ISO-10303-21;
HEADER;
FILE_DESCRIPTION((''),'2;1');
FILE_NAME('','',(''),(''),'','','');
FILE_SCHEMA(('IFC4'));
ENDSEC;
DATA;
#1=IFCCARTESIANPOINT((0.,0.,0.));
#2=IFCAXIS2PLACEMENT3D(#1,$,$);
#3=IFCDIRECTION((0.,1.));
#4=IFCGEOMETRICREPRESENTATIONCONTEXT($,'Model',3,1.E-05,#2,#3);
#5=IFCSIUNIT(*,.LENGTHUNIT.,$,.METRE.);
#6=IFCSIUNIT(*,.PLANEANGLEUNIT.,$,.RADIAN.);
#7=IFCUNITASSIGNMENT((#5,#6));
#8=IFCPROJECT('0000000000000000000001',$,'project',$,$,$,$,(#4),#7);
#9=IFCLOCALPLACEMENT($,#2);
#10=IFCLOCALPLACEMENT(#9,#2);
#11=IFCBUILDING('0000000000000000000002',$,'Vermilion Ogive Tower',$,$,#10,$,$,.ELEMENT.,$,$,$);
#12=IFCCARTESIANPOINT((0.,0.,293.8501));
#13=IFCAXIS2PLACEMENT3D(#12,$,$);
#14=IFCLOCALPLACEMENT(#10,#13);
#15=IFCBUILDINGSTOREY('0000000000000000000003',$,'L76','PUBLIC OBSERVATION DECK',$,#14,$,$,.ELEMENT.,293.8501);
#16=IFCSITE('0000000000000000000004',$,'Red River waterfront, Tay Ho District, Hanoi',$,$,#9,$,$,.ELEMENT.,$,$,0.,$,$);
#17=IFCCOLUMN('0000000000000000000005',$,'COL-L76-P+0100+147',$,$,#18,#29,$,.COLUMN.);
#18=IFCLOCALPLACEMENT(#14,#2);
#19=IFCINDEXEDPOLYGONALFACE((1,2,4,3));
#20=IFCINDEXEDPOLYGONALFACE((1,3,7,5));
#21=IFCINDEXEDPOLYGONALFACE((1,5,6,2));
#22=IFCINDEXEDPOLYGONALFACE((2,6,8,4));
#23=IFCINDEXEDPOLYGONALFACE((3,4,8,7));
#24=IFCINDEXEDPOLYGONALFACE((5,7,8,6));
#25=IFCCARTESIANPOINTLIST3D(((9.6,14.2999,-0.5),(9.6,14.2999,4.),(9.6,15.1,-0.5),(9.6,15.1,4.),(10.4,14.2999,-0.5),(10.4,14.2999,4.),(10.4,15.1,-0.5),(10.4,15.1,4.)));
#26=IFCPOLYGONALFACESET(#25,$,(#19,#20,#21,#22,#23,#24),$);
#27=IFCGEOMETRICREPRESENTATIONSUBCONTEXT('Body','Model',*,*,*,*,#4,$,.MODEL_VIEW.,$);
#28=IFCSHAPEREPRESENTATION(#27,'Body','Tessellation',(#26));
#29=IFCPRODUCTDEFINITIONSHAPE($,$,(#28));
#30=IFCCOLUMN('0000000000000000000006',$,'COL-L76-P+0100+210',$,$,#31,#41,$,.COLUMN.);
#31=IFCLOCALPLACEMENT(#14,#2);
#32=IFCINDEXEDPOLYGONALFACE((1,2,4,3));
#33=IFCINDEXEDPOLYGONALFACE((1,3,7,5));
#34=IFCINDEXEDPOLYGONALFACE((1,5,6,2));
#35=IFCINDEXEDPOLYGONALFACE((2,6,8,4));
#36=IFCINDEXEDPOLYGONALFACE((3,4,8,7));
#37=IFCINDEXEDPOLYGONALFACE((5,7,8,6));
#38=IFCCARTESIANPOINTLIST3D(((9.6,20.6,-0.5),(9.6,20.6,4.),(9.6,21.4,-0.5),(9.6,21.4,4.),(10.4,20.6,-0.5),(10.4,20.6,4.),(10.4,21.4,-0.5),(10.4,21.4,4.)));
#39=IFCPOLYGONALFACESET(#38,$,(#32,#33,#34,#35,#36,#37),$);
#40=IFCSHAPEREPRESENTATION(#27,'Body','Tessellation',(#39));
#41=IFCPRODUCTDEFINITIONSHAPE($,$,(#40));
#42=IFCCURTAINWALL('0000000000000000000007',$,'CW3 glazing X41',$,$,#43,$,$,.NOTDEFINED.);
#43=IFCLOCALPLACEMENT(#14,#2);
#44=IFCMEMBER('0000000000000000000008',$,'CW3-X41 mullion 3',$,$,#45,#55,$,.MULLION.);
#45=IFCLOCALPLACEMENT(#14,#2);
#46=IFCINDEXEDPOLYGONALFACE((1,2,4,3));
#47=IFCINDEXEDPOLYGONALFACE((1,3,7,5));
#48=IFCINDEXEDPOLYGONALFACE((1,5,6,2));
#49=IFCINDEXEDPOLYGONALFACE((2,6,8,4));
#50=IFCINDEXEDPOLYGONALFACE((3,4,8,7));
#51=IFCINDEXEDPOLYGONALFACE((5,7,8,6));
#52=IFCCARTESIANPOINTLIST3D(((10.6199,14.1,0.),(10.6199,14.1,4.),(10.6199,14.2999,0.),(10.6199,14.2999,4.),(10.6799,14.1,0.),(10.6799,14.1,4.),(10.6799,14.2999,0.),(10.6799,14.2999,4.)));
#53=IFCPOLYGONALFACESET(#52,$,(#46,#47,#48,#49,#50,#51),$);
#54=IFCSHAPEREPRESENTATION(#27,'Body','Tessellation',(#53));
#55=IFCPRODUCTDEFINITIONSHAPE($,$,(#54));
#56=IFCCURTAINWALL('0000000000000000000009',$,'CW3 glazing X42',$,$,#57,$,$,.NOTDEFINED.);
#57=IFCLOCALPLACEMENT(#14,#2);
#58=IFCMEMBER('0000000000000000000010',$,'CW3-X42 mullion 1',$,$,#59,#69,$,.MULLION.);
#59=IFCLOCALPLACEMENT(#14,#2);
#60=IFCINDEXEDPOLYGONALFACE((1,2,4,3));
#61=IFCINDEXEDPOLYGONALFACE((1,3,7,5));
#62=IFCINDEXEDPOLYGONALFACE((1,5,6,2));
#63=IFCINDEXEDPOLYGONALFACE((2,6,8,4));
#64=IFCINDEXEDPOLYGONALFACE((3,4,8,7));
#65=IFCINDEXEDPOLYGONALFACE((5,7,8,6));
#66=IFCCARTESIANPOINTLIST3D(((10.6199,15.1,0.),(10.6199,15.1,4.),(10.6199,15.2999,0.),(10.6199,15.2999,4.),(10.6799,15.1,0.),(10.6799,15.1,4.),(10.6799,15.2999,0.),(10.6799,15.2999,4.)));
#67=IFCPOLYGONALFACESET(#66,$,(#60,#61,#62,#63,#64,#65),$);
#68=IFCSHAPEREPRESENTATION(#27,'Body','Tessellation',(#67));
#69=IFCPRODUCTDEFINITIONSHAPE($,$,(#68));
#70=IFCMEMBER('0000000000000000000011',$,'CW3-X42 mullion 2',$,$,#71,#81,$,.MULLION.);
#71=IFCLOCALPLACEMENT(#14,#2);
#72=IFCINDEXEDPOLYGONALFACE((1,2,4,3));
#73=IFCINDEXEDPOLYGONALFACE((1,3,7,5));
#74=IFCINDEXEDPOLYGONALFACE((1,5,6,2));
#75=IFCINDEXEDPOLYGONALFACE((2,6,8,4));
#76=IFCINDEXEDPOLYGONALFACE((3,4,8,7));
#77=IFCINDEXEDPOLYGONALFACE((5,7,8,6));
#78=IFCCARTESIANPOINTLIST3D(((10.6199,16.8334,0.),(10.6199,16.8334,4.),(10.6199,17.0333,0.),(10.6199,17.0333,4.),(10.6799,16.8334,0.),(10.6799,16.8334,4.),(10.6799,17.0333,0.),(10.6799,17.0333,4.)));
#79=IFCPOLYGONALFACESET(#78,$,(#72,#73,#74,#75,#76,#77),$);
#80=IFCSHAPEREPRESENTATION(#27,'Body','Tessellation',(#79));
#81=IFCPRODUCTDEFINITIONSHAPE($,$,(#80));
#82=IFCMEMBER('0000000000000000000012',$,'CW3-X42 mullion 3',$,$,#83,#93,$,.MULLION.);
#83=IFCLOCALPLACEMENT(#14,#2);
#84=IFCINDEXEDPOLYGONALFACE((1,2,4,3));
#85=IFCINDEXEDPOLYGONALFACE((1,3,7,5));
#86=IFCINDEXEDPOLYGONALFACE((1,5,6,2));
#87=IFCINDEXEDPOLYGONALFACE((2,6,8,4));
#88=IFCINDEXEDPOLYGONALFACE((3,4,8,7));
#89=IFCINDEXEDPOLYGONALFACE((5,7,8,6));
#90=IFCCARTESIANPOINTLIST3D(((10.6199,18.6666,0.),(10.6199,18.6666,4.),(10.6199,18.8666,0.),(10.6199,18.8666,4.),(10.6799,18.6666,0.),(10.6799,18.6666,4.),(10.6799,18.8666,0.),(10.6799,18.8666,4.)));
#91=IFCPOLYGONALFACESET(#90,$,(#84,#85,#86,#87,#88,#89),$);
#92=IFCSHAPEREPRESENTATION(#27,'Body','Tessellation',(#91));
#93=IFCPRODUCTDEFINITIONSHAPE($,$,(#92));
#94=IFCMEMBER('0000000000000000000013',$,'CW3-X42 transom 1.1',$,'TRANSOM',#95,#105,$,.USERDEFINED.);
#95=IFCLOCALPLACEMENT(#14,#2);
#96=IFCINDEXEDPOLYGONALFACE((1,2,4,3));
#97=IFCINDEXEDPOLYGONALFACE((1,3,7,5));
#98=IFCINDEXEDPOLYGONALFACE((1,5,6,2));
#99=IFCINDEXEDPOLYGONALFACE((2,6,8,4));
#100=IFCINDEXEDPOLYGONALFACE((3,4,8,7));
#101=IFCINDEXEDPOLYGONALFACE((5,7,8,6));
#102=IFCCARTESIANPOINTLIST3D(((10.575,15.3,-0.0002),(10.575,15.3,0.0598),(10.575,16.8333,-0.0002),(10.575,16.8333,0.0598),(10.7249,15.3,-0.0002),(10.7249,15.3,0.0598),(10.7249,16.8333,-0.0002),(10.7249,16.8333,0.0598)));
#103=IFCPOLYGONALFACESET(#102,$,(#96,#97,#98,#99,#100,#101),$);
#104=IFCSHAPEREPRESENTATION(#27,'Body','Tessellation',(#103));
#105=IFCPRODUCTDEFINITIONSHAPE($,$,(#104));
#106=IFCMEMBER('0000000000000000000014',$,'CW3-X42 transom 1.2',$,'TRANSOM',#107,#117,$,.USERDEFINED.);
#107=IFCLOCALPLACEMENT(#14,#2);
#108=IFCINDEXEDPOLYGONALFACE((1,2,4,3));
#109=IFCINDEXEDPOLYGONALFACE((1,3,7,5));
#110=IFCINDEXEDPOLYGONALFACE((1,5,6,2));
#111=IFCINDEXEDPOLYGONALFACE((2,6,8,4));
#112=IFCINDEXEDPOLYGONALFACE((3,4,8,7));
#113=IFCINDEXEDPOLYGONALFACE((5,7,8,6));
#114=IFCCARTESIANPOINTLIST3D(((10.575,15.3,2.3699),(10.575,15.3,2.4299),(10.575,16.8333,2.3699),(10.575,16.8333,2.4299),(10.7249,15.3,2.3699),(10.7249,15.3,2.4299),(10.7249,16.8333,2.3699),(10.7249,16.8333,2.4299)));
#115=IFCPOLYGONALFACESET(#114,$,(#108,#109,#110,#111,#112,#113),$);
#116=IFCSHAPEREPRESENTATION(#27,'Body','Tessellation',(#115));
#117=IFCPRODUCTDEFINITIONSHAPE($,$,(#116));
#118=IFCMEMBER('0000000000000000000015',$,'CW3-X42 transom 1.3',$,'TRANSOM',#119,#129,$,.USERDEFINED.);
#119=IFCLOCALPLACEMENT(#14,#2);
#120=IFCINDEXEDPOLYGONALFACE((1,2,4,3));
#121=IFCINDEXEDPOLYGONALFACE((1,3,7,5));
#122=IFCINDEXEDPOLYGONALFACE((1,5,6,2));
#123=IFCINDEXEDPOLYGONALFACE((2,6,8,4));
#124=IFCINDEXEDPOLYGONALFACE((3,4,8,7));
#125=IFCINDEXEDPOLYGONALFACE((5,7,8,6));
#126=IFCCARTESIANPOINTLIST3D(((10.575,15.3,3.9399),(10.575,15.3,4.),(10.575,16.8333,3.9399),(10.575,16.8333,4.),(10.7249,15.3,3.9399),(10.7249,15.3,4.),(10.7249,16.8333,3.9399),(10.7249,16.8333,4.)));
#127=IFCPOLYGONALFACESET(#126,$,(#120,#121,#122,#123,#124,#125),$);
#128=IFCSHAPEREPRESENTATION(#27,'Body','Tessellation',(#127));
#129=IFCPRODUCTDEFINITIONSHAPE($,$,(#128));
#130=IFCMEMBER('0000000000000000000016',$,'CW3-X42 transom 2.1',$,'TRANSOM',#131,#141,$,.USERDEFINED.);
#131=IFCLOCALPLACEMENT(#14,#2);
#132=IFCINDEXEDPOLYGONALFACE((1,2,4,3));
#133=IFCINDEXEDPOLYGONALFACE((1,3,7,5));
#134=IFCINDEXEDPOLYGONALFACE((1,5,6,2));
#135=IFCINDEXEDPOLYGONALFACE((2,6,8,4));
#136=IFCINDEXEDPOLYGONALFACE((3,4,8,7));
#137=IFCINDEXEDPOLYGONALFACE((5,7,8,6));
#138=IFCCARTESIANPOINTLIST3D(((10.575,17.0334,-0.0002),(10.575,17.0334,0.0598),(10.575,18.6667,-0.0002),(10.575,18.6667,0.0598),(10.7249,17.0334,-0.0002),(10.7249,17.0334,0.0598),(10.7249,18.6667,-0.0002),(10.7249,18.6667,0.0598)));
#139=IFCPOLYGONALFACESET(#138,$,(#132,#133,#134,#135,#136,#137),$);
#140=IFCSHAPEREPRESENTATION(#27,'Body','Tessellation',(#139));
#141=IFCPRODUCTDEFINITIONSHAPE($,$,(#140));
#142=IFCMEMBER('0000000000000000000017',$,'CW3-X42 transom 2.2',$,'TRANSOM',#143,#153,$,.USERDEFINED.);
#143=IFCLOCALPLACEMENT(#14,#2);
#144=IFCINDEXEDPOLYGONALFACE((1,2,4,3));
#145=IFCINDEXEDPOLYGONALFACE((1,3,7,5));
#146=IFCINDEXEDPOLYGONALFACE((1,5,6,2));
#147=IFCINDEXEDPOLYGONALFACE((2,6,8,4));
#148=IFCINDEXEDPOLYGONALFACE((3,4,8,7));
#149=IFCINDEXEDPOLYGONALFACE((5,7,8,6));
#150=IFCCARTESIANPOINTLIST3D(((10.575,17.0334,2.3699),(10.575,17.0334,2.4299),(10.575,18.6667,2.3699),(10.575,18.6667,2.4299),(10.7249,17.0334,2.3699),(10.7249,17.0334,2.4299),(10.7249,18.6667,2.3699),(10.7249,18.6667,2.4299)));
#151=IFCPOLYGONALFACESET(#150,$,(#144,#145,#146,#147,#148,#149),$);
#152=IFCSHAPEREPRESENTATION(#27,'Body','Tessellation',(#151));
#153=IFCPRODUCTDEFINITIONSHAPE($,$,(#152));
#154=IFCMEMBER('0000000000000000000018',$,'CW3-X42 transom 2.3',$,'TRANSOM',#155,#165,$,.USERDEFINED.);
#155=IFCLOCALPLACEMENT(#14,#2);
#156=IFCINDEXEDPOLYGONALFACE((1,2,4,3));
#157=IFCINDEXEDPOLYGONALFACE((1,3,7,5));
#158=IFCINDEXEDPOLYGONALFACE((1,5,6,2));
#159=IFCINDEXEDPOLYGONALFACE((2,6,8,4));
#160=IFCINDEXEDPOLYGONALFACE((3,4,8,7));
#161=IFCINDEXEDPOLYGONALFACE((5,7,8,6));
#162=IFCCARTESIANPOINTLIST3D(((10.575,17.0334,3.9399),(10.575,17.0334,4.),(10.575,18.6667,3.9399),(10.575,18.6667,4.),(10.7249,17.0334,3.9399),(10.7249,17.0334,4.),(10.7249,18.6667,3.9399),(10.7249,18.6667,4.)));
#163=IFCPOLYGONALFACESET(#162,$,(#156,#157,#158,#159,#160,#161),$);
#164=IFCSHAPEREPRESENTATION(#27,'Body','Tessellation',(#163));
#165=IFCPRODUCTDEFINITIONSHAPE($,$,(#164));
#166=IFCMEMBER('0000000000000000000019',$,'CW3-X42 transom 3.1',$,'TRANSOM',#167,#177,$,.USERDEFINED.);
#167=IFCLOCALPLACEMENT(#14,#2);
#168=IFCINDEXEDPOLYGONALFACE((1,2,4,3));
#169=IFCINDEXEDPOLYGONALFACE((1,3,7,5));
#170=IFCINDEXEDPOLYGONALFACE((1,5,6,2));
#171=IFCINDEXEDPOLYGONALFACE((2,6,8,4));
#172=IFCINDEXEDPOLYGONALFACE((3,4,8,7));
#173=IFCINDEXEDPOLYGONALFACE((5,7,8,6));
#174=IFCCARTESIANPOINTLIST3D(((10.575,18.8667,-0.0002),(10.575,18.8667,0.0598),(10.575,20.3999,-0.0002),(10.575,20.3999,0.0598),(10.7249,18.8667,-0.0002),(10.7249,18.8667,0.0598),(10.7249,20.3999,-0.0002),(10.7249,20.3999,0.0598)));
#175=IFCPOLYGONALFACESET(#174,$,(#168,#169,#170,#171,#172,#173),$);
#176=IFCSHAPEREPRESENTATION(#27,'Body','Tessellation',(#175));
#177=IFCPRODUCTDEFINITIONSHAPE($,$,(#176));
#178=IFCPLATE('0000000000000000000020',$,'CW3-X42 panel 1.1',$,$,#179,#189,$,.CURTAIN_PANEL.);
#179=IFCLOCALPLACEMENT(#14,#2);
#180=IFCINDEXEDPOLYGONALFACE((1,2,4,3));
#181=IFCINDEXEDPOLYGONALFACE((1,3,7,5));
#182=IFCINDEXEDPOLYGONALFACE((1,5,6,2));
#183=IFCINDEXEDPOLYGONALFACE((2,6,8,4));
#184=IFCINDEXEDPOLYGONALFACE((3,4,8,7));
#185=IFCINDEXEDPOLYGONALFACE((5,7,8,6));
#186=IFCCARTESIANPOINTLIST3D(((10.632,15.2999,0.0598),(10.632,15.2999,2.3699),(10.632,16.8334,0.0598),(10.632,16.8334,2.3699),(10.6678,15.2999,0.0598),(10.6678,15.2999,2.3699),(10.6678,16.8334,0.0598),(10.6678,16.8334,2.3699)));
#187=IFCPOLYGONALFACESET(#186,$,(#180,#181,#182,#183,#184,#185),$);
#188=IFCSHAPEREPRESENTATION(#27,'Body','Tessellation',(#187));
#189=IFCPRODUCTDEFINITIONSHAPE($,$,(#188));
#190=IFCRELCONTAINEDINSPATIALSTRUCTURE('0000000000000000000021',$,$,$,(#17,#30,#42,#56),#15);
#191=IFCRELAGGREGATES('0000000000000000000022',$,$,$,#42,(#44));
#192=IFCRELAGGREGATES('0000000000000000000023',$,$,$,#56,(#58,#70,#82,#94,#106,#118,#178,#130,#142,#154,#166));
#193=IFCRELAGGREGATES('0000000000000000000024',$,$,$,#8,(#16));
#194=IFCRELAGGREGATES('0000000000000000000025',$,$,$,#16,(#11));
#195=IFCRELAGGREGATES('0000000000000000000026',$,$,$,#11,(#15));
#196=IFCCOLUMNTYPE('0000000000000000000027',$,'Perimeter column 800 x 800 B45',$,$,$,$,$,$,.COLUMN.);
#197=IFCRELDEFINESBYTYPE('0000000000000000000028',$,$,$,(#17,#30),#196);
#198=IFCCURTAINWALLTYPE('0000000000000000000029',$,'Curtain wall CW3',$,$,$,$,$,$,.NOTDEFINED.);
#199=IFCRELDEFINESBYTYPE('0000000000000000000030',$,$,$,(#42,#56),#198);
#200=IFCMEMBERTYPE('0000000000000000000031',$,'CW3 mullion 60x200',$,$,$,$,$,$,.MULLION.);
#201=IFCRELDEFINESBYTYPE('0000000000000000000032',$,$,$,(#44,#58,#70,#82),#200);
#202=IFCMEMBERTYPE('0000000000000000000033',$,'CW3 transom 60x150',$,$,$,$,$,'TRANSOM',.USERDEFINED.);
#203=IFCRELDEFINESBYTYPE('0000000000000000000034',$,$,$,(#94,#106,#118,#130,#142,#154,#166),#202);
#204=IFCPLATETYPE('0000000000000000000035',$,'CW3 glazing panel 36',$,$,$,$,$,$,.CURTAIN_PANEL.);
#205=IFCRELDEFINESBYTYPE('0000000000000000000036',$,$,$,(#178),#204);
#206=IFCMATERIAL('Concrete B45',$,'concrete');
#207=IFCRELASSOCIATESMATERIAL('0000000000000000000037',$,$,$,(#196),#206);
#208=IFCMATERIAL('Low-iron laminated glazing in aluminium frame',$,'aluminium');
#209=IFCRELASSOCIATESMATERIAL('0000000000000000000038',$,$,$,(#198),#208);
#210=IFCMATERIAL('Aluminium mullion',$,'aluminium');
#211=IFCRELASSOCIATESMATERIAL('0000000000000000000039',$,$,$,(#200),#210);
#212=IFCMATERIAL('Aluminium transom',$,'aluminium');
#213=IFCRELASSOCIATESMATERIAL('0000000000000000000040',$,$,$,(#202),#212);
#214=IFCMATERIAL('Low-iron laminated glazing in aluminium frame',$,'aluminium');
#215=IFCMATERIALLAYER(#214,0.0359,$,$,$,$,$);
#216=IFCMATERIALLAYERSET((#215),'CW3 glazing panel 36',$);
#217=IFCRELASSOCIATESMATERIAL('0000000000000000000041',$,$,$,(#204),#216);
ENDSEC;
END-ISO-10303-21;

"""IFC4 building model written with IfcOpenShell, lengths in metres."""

from ifc_helpers import new_model, si_unit, direction, frame, origin, origin_2d, place, context, subcontext, project, spatial, rectangle, extrude, material, layer, layer_set, material_profile, profile_set, type_object, element, aggregate, save


model = new_model("IFC4")

# Units and contexts
model_context = context("Model", 3, precision=1e-05, world=origin(), true_north=direction((0.0, 1.0)))
body_context = subcontext(model_context, "Body", "Model", "MODEL_VIEW")
ifc_project = project(units=[si_unit("LENGTHUNIT", "METRE"), si_unit("PLANEANGLEUNIT", "RADIAN")], contexts=[model_context])

# Site, building, storey
site_placement = place(None, origin())
site = spatial("IfcSite", under=ifc_project, at=site_placement, Name="Red River waterfront, Tay Ho District, Hanoi", CompositionType="ELEMENT", RefElevation=0.0)
building_placement = place(site_placement, origin())
building = spatial("IfcBuilding", under=site, at=building_placement, Name="Vermilion Ogive Tower", CompositionType="ELEMENT")
storey_placement = place(building_placement, frame((0.0, 0.0, 293.8501)))
storey = spatial("IfcBuildingStorey", under=building, at=storey_placement, Name="L76", Description="PUBLIC OBSERVATION DECK", CompositionType="ELEMENT", Elevation=293.8501)

# Columns
ifc_material_1 = material(Name="Concrete B45", Category="concrete")
ifc_material_profile_1 = material_profile(ifc_material_1, rectangle(XDim=0.8, YDim=0.8, at=origin_2d()), Name="800 x 800")
ifc_profile_set_1 = profile_set([ifc_material_profile_1], Name="Concrete B45")
column_type = type_object("IfcColumnType", Name="Perimeter column 800 x 800 B45", PredefinedType="COLUMN", material=ifc_profile_set_1)
for number, where, z_axis, x_axis, name in (
    (1, (10.0, 14.7, -0.5), (0.0, 0.0, 1.0), (1.0, 0.0, 0.0), "COL-L76-P+0100+147"),
    (2, (10.0, 21.0, -0.5), (0.0, 0.0, 1.0), (1.0, 0.0, 0.0), "COL-L76-P+0100+210"),
):
    element("IfcColumn", number, at=place(storey_placement, frame(where, z_axis=z_axis, x_axis=x_axis)), inside=storey, type_object=column_type, Name=name, PredefinedType="COLUMN", context=body_context, shape_type="SweptSolid", body=[
        extrude(rectangle(XDim=0.8, YDim=0.8, at=origin_2d()), origin(), (0.0, 0.0, 1.0), 4.5),
    ])

# Curtain wall, member
ifc_material_2 = material(Name="Low-iron laminated glazing in aluminium frame", Category="aluminium")
curtain_wall_type = type_object("IfcCurtainWallType", Name="Curtain wall CW3", PredefinedType="NOTDEFINED", material=ifc_material_2)
curtain_wall_1_placement = place(storey_placement, origin())
curtain_wall_1 = element("IfcCurtainWall", 3, at=curtain_wall_1_placement, inside=storey, type_object=curtain_wall_type, Name="CW3 glazing X41", PredefinedType="NOTDEFINED")
ifc_material_3 = material(Name="Aluminium mullion", Category="aluminium")
ifc_material_profile_2 = material_profile(ifc_material_3, rectangle(XDim=0.0601, YDim=0.2, at=origin_2d()), Name="AL 60x200")
ifc_profile_set_2 = profile_set([ifc_material_profile_2], Name="Aluminium mullion")
member_type_1 = type_object("IfcMemberType", Name="CW3 mullion 60x200", PredefinedType="MULLION", material=ifc_profile_set_2)
member_1_placement = place(storey_placement, frame((10.6499, 14.2, 0.0), z_axis=(0.0, 0.0, 1.0), x_axis=(-1.0, 0.0, 0.0)))
member_1 = element("IfcMember", 4, at=member_1_placement, type_object=member_type_1, Name="CW3-X41 mullion 3", PredefinedType="MULLION", context=body_context, shape_type="SweptSolid", body=[
    extrude(rectangle(XDim=0.0601, YDim=0.2, at=origin_2d()), origin(), (0.0, 0.0, 1.0), 4.0),
])
aggregate(curtain_wall_1, [member_1])

# Curtain wall, members, plate
curtain_wall_2_placement = place(storey_placement, origin())
curtain_wall_2 = element("IfcCurtainWall", 5, at=curtain_wall_2_placement, inside=storey, type_object=curtain_wall_type, Name="CW3 glazing X42", PredefinedType="NOTDEFINED")
member_2_placement = place(storey_placement, frame((10.6499, 15.2, 0.0), z_axis=(0.0, 0.0, 1.0), x_axis=(-1.0, 0.0, 0.0)))
member_2 = element("IfcMember", 6, at=member_2_placement, type_object=member_type_1, Name="CW3-X42 mullion 1", PredefinedType="MULLION", context=body_context, shape_type="SweptSolid", body=[
    extrude(rectangle(XDim=0.0601, YDim=0.2, at=origin_2d()), origin(), (0.0, 0.0, 1.0), 4.0),
])
member_3_placement = place(storey_placement, frame((10.6499, 16.9333, 0.0), z_axis=(0.0, 0.0, 1.0), x_axis=(-1.0, 0.0, 0.0)))
member_3 = element("IfcMember", 7, at=member_3_placement, type_object=member_type_1, Name="CW3-X42 mullion 2", PredefinedType="MULLION", context=body_context, shape_type="SweptSolid", body=[
    extrude(rectangle(XDim=0.0601, YDim=0.2, at=origin_2d()), origin(), (0.0, 0.0, 1.0), 4.0),
])
member_4_placement = place(storey_placement, frame((10.6499, 18.7666, 0.0), z_axis=(0.0, 0.0, 1.0), x_axis=(-1.0, 0.0, 0.0)))
member_4 = element("IfcMember", 8, at=member_4_placement, type_object=member_type_1, Name="CW3-X42 mullion 3", PredefinedType="MULLION", context=body_context, shape_type="SweptSolid", body=[
    extrude(rectangle(XDim=0.0601, YDim=0.2, at=origin_2d()), origin(), (0.0, 0.0, 1.0), 4.0),
])
ifc_material_4 = material(Name="Aluminium transom", Category="aluminium")
ifc_material_profile_3 = material_profile(ifc_material_4, rectangle(XDim=0.1499, YDim=0.0601, at=origin_2d()), Name="AL 60x150")
ifc_profile_set_3 = profile_set([ifc_material_profile_3], Name="Aluminium transom")
member_type_2 = type_object("IfcMemberType", Name="CW3 transom 60x150", ElementType="TRANSOM", PredefinedType="USERDEFINED", material=ifc_profile_set_3)
member_5_placement = place(storey_placement, frame((10.6499, 15.3, 0.0298), z_axis=(0.0, 1.0, 0.0), x_axis=(-1.0, 0.0, 0.0)))
member_5 = element("IfcMember", 9, at=member_5_placement, type_object=member_type_2, Name="CW3-X42 transom 1.1", ObjectType="TRANSOM", PredefinedType="USERDEFINED", context=body_context, shape_type="SweptSolid", body=[
    extrude(rectangle(XDim=0.1499, YDim=0.0601, at=origin_2d()), origin(), (0.0, 0.0, 1.0), 1.5332),
])
member_6_placement = place(storey_placement, frame((10.6499, 15.3, 2.3999), z_axis=(0.0, 1.0, 0.0), x_axis=(-1.0, 0.0, 0.0)))
member_6 = element("IfcMember", 10, at=member_6_placement, type_object=member_type_2, Name="CW3-X42 transom 1.2", ObjectType="TRANSOM", PredefinedType="USERDEFINED", context=body_context, shape_type="SweptSolid", body=[
    extrude(rectangle(XDim=0.1499, YDim=0.0601, at=origin_2d()), origin(), (0.0, 0.0, 1.0), 1.5332),
])
member_7_placement = place(storey_placement, frame((10.6499, 15.3, 3.97), z_axis=(0.0, 1.0, 0.0), x_axis=(-1.0, 0.0, 0.0)))
member_7 = element("IfcMember", 11, at=member_7_placement, type_object=member_type_2, Name="CW3-X42 transom 1.3", ObjectType="TRANSOM", PredefinedType="USERDEFINED", context=body_context, shape_type="SweptSolid", body=[
    extrude(rectangle(XDim=0.1499, YDim=0.0601, at=origin_2d()), origin(), (0.0, 0.0, 1.0), 1.5332),
])
member_8_placement = place(storey_placement, frame((10.6499, 17.0334, 0.0298), z_axis=(0.0, 1.0, 0.0), x_axis=(-1.0, 0.0, 0.0)))
member_8 = element("IfcMember", 12, at=member_8_placement, type_object=member_type_2, Name="CW3-X42 transom 2.1", ObjectType="TRANSOM", PredefinedType="USERDEFINED", context=body_context, shape_type="SweptSolid", body=[
    extrude(rectangle(XDim=0.1499, YDim=0.0601, at=origin_2d()), origin(), (0.0, 0.0, 1.0), 1.6333),
])
member_9_placement = place(storey_placement, frame((10.6499, 17.0334, 2.3999), z_axis=(0.0, 1.0, 0.0), x_axis=(-1.0, 0.0, 0.0)))
member_9 = element("IfcMember", 13, at=member_9_placement, type_object=member_type_2, Name="CW3-X42 transom 2.2", ObjectType="TRANSOM", PredefinedType="USERDEFINED", context=body_context, shape_type="SweptSolid", body=[
    extrude(rectangle(XDim=0.1499, YDim=0.0601, at=origin_2d()), origin(), (0.0, 0.0, 1.0), 1.6333),
])
member_10_placement = place(storey_placement, frame((10.6499, 17.0334, 3.97), z_axis=(0.0, 1.0, 0.0), x_axis=(-1.0, 0.0, 0.0)))
member_10 = element("IfcMember", 14, at=member_10_placement, type_object=member_type_2, Name="CW3-X42 transom 2.3", ObjectType="TRANSOM", PredefinedType="USERDEFINED", context=body_context, shape_type="SweptSolid", body=[
    extrude(rectangle(XDim=0.1499, YDim=0.0601, at=origin_2d()), origin(), (0.0, 0.0, 1.0), 1.6333),
])
member_11_placement = place(storey_placement, frame((10.6499, 18.8667, 0.0298), z_axis=(0.0, 1.0, 0.0), x_axis=(-1.0, 0.0, 0.0)))
member_11 = element("IfcMember", 15, at=member_11_placement, type_object=member_type_2, Name="CW3-X42 transom 3.1", ObjectType="TRANSOM", PredefinedType="USERDEFINED", context=body_context, shape_type="SweptSolid", body=[
    extrude(rectangle(XDim=0.1499, YDim=0.0601, at=origin_2d()), origin(), (0.0, 0.0, 1.0), 1.5332),
])
ifc_material_5 = material(Name="Low-iron laminated glazing in aluminium frame", Category="aluminium")
ifc_layer_1 = layer(ifc_material_5, 0.0359)
ifc_layer_set_1 = layer_set([ifc_layer_1], Name="CW3 glazing panel 36")
plate_type = type_object("IfcPlateType", Name="CW3 glazing panel 36", PredefinedType="CURTAIN_PANEL", material=ifc_layer_set_1)
plate_1_placement = place(storey_placement, frame((10.6499, 16.0667, 0.0598), z_axis=(0.0, 0.0, 1.0), x_axis=(0.0, 1.0, 0.0)))
plate_1 = element("IfcPlate", 16, at=plate_1_placement, type_object=plate_type, Name="CW3-X42 panel 1.1", PredefinedType="CURTAIN_PANEL", context=body_context, shape_type="SweptSolid", body=[
    extrude(rectangle(XDim=1.5334, YDim=0.0359, at=origin_2d()), origin(), (0.0, 0.0, 1.0), 2.3101),
])
aggregate(curtain_wall_2, [member_2, member_3, member_4, member_5, member_6, member_7, plate_1, member_8, member_9, member_10, member_11])

save(model, "model.ifc")
